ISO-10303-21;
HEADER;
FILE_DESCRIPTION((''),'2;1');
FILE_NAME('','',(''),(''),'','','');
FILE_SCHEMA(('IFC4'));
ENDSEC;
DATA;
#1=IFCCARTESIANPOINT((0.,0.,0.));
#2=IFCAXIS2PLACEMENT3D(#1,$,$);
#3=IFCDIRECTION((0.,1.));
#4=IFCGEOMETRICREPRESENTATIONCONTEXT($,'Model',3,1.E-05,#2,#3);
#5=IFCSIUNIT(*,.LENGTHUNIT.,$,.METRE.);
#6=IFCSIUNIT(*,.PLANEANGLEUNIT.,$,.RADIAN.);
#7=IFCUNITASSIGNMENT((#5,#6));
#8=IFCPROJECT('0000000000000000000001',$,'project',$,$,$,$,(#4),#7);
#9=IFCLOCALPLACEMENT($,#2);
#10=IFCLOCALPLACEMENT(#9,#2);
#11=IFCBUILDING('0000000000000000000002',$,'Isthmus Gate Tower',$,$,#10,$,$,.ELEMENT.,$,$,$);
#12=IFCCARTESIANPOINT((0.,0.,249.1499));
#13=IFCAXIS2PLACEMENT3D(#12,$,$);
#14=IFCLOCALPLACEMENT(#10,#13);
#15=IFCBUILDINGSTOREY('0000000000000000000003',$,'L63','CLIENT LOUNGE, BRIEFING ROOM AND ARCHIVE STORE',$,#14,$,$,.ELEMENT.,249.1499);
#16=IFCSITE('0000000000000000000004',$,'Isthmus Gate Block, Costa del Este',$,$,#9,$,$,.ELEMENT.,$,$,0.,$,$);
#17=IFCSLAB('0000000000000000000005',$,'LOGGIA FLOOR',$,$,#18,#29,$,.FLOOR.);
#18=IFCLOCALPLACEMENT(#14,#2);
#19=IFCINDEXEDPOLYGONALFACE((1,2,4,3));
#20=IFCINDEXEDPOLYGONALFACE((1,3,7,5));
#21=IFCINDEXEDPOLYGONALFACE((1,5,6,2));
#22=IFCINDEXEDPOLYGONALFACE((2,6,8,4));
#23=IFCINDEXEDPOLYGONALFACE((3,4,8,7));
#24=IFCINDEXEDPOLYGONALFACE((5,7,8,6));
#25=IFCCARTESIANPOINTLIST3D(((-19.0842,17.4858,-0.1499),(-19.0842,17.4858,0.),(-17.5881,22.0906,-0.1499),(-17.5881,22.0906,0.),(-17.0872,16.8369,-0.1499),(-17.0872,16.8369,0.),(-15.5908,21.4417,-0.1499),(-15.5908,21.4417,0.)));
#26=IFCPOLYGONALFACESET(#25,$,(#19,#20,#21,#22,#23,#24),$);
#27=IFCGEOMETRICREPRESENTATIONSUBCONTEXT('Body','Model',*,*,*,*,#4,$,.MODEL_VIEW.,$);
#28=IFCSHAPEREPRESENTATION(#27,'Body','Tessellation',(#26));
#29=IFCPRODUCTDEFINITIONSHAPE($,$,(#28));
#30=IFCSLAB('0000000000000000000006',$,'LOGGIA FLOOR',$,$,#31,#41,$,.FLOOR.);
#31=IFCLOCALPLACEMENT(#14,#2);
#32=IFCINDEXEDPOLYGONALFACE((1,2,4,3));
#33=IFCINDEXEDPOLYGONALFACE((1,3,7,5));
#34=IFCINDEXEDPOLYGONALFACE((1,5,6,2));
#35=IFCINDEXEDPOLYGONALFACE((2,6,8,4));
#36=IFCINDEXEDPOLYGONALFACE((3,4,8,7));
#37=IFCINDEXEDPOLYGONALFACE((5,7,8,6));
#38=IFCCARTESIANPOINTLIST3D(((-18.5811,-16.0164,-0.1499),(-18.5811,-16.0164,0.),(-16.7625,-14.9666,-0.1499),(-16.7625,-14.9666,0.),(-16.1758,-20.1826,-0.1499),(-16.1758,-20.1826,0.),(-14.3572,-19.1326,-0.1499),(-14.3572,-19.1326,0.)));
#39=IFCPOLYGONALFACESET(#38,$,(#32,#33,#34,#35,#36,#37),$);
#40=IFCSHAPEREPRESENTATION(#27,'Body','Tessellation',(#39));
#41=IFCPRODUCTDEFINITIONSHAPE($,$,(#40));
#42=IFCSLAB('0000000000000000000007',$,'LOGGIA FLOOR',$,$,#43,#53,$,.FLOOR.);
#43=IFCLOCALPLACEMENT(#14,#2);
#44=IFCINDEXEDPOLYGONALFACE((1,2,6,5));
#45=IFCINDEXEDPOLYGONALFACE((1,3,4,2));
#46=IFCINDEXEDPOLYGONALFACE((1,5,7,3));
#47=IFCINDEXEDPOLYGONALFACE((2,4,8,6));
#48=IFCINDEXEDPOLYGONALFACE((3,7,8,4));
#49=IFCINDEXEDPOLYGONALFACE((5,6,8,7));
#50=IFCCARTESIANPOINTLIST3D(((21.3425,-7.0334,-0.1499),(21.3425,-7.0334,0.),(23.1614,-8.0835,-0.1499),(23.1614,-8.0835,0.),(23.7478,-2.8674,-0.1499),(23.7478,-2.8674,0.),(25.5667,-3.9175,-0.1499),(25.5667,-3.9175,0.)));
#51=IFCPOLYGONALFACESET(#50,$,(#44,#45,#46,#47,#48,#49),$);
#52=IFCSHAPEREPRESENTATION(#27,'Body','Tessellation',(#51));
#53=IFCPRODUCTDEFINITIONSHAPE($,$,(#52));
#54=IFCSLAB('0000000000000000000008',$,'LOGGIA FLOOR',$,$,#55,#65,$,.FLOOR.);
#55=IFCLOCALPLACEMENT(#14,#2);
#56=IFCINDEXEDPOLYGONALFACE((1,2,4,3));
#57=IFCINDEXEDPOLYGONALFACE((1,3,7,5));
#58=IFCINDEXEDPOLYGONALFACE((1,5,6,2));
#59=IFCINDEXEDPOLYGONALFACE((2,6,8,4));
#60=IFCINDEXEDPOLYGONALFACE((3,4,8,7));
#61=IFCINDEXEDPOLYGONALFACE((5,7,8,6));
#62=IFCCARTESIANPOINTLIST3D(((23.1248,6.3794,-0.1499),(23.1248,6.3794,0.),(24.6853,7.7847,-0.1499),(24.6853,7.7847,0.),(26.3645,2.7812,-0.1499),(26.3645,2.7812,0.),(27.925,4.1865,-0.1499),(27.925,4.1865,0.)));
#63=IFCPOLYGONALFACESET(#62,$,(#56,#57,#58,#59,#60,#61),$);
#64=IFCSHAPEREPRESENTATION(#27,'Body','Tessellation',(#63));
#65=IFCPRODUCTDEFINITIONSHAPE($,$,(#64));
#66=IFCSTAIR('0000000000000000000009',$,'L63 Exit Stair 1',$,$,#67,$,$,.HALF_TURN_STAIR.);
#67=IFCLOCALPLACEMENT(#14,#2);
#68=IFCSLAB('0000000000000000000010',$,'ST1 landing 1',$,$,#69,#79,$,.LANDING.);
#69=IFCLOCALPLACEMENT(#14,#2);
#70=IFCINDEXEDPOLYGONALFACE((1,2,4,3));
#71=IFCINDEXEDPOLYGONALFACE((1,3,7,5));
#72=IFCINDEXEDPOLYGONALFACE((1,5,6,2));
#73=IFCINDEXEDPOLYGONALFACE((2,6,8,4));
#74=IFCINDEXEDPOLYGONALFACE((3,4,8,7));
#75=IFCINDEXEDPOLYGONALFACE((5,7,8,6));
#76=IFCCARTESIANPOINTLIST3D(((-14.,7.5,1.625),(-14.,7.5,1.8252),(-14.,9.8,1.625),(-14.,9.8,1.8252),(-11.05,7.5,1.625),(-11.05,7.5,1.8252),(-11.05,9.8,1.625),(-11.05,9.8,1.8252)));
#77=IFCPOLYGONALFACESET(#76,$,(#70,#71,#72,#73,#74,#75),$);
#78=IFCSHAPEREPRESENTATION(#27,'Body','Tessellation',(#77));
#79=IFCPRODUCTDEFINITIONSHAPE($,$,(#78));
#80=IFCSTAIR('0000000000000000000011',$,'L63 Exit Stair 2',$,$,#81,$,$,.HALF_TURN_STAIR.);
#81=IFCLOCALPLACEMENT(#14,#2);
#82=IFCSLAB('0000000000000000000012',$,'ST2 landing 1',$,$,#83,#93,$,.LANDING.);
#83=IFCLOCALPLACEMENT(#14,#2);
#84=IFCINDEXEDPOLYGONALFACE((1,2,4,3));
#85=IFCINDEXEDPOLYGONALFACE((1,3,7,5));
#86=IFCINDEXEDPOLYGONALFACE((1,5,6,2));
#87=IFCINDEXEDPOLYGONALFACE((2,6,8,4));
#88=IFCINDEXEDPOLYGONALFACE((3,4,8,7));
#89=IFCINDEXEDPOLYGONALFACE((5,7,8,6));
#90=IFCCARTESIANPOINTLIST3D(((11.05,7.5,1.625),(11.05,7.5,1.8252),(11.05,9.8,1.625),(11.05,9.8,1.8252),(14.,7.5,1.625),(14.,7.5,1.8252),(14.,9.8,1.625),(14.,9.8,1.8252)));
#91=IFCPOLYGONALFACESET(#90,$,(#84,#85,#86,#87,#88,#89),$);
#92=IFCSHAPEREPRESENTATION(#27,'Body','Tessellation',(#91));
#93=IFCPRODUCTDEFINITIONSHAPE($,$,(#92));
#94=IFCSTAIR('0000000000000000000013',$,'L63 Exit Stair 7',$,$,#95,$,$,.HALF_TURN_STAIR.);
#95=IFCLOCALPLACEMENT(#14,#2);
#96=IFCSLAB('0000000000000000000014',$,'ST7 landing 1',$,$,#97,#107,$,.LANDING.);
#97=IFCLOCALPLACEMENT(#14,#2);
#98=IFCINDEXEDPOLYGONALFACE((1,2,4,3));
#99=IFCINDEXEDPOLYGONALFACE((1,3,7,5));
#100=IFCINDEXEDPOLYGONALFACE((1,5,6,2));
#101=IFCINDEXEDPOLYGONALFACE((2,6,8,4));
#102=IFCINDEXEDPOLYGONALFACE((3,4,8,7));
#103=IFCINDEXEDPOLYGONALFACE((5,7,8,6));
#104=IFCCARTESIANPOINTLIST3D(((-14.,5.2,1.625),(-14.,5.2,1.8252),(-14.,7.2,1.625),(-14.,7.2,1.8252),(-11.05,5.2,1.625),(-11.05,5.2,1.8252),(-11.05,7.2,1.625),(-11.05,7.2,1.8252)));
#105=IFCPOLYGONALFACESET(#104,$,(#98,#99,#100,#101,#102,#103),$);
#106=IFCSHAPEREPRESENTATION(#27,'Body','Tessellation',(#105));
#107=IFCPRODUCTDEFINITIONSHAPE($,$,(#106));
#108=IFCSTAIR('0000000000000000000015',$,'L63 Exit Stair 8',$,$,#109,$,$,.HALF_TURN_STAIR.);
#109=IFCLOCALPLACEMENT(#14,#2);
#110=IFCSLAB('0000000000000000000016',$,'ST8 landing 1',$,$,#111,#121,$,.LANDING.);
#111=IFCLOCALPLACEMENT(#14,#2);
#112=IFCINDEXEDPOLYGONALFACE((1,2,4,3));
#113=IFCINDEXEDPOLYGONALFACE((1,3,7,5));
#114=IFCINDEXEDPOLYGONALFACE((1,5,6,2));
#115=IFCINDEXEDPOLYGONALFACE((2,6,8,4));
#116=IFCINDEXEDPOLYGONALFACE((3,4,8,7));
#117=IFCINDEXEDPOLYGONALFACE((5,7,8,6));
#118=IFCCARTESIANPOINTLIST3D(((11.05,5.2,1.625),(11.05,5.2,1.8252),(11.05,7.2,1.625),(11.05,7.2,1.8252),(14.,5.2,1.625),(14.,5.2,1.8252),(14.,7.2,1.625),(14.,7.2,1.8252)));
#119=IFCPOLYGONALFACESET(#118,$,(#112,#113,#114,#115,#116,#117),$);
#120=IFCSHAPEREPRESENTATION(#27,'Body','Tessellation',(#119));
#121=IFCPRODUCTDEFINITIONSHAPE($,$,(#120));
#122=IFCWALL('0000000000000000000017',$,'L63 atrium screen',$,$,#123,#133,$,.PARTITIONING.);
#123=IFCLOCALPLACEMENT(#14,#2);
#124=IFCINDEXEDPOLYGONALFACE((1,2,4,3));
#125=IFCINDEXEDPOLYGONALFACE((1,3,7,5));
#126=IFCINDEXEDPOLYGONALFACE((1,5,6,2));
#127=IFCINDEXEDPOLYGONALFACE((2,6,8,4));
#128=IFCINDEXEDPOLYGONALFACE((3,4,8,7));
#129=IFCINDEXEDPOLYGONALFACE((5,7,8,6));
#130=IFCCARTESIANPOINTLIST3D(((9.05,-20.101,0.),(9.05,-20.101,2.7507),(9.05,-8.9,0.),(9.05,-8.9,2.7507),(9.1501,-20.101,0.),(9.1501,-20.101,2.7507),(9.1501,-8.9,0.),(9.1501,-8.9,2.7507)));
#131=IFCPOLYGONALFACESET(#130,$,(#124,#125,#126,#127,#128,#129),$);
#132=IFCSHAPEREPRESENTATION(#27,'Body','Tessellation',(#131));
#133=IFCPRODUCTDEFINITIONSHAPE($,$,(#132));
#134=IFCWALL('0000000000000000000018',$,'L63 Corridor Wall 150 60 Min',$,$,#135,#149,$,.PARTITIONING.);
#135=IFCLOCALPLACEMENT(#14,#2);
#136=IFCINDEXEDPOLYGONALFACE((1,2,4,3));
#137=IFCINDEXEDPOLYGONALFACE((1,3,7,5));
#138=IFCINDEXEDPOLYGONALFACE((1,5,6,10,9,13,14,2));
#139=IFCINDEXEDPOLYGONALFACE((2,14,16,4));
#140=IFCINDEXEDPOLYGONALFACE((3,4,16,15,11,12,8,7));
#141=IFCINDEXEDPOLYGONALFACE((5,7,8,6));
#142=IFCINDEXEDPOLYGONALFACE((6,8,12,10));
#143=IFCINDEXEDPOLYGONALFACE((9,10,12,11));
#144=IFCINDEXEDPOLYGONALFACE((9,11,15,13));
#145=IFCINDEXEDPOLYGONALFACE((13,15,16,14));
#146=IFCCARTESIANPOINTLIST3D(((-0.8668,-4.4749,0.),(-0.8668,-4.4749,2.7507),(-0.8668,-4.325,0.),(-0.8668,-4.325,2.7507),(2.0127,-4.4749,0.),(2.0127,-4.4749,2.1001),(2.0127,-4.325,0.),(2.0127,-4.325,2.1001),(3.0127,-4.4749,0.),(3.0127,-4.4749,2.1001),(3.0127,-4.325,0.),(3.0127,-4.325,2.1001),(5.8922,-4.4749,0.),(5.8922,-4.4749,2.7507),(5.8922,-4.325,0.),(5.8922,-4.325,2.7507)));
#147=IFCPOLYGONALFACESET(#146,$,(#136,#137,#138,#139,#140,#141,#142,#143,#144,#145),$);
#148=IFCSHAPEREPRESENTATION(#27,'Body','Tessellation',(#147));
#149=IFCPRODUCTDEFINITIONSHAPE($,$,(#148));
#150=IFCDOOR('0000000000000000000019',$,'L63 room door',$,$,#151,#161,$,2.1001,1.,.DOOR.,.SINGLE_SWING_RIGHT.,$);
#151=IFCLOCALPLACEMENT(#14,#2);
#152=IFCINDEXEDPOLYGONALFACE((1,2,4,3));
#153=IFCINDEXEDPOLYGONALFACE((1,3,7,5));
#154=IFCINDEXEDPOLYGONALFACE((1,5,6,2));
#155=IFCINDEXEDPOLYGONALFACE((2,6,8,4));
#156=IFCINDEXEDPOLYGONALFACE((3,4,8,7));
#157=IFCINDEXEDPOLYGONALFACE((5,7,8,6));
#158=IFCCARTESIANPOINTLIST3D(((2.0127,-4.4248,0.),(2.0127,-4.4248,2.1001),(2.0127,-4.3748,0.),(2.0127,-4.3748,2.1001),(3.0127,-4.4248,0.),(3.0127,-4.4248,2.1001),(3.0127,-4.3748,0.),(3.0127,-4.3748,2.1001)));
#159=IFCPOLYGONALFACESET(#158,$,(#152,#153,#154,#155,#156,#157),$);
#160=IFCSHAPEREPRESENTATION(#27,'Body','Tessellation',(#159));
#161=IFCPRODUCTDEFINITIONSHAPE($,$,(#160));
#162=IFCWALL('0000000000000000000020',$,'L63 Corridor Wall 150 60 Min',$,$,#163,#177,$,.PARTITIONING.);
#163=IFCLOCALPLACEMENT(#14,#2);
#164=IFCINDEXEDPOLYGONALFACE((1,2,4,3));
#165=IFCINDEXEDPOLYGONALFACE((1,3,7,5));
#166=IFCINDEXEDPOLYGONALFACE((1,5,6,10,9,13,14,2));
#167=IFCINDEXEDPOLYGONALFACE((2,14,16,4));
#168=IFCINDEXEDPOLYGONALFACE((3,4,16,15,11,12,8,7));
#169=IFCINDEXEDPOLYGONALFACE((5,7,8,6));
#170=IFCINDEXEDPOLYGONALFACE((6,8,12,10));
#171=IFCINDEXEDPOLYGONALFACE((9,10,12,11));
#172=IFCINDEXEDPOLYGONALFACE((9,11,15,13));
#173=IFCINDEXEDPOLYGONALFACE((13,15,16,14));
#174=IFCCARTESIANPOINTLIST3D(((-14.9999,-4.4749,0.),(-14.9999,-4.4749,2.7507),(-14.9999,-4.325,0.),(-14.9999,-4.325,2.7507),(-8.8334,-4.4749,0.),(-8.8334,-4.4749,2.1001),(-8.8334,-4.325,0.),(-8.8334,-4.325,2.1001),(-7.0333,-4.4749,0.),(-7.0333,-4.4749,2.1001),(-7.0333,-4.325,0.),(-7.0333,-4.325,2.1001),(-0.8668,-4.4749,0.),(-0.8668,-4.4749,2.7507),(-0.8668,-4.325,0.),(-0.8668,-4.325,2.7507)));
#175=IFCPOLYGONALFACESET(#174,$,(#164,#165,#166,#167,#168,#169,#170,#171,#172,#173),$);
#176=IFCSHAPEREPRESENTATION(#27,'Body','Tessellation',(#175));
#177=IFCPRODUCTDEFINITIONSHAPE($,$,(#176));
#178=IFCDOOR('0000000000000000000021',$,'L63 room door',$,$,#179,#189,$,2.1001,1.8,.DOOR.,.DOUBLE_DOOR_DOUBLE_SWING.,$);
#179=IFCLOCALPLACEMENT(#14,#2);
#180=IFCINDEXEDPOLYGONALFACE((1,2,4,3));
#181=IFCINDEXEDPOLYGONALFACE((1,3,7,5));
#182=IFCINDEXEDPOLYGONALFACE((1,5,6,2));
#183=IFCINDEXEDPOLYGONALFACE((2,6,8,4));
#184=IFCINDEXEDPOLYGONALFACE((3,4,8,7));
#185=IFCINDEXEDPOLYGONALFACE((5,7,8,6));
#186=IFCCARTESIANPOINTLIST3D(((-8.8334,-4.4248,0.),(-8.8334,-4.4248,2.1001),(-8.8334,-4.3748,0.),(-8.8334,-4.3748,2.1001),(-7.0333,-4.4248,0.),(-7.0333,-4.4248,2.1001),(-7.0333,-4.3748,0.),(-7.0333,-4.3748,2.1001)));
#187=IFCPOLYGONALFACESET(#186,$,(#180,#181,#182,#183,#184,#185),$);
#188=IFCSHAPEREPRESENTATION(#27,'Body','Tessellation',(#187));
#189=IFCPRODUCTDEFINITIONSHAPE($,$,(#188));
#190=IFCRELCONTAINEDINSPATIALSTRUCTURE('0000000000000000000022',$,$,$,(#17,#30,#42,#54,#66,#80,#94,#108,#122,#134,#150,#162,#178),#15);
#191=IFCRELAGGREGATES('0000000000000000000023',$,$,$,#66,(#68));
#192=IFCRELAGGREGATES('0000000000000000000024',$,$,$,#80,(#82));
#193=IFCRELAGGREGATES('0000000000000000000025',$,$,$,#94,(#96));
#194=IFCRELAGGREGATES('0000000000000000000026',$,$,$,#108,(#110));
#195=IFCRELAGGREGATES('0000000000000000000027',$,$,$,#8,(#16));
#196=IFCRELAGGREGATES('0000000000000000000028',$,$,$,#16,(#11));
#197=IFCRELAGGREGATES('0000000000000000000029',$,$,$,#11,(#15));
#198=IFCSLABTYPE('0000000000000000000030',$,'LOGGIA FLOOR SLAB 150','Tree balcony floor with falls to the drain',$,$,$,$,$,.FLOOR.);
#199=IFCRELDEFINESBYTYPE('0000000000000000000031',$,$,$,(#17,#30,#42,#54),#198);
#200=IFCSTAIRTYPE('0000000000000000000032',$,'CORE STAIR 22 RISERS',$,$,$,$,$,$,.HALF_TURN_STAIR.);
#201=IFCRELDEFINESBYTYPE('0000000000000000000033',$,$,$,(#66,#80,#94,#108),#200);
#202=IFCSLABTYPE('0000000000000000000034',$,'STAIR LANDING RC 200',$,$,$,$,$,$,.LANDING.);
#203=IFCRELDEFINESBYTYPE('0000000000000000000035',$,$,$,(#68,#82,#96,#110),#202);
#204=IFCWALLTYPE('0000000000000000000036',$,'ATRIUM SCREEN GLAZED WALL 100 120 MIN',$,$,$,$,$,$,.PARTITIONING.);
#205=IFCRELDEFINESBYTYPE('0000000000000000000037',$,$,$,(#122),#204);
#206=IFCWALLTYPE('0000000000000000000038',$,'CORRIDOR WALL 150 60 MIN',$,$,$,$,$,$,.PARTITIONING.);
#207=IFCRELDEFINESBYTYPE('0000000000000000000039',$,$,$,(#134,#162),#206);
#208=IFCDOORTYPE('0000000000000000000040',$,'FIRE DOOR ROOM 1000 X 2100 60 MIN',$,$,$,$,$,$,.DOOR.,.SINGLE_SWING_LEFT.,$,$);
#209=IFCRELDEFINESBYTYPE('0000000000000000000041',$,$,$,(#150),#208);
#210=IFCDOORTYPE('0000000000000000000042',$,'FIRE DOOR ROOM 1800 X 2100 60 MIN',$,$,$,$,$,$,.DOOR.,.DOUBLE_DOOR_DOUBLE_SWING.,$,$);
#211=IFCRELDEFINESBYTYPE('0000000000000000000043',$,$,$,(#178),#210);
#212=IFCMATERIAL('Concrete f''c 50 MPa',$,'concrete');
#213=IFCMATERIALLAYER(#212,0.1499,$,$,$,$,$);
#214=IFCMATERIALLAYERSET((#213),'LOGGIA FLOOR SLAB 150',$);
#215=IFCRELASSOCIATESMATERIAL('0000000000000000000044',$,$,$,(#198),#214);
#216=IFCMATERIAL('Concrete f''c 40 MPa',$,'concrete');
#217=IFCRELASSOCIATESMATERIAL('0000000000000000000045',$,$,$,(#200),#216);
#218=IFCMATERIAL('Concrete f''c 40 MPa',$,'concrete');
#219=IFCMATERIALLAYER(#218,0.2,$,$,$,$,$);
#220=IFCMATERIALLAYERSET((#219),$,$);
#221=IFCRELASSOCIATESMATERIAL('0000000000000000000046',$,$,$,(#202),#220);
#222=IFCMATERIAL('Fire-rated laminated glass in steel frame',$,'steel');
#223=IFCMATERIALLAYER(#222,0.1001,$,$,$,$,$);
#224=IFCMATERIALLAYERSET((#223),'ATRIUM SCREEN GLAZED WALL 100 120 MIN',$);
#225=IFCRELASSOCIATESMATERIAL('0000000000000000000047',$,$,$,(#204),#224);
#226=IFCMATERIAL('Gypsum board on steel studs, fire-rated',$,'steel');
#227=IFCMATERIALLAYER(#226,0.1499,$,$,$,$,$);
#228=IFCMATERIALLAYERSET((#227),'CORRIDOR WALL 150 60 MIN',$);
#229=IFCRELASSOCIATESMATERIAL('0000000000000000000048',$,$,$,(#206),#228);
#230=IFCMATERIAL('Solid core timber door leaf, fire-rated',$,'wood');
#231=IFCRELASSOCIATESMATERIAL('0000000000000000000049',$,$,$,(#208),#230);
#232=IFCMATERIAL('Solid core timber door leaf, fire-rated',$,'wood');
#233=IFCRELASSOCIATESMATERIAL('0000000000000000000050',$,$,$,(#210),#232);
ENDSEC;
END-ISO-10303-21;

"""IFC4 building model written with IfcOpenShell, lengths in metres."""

from ifc_helpers import new_model, si_unit, direction, frame, frame_2d, origin, place, context, subcontext, project, spatial, polyline, rectangle, outline, extrude, material, layer, layer_set, type_object, element, fill, aggregate, save


model = new_model("IFC4")

# Units and contexts
model_context = context("Model", 3, precision=1e-05, world=origin(), true_north=direction((0.0, 1.0)))
body_context = subcontext(model_context, "Body", "Model", "MODEL_VIEW")
ifc_project = project(units=[si_unit("LENGTHUNIT", "METRE"), si_unit("PLANEANGLEUNIT", "RADIAN")], contexts=[model_context])

# Site, building, storey
site_placement = place(None, origin())
site = spatial("IfcSite", under=ifc_project, at=site_placement, Name="Isthmus Gate Block, Costa del Este", CompositionType="ELEMENT", RefElevation=0.0)
building_placement = place(site_placement, origin())
building = spatial("IfcBuilding", under=site, at=building_placement, Name="Isthmus Gate Tower", CompositionType="ELEMENT")
storey_placement = place(building_placement, frame((0.0, 0.0, 249.1499)))
storey = spatial("IfcBuildingStorey", under=building, at=storey_placement, Name="L63", Description="CLIENT LOUNGE, BRIEFING ROOM AND ARCHIVE STORE", CompositionType="ELEMENT", Elevation=249.1499)

# Slabs
ifc_material_1 = material(Name="Concrete f'c 50 MPa", Category="concrete")
ifc_layer_1 = layer(ifc_material_1, 0.1499)
ifc_layer_set_1 = layer_set([ifc_layer_1], Name="LOGGIA FLOOR SLAB 150")
slab_type_1 = type_object("IfcSlabType", Name="LOGGIA FLOOR SLAB 150", Description="Tree balcony floor with falls to the drain", PredefinedType="FLOOR", material=ifc_layer_set_1)
slab_1_placement = place(storey_placement, frame((0.0, 0.0, -0.1499)))
element("IfcSlab", 1, at=slab_1_placement, inside=storey, type_object=slab_type_1, Name="LOGGIA FLOOR", PredefinedType="FLOOR", context=body_context, shape_type="SweptSolid", body=[
    extrude(outline(polyline([(-17.5881, 22.0906), (-19.0842, 17.4858), (-17.0872, 16.8369), (-15.5908, 21.4417), (-17.5881, 22.0906)])), origin(), (0.0, 0.0, 1.0), 0.1499),
])
slab_2_placement = place(storey_placement, frame((0.0, 0.0, -0.1499)))
element("IfcSlab", 2, at=slab_2_placement, inside=storey, type_object=slab_type_1, Name="LOGGIA FLOOR", PredefinedType="FLOOR", context=body_context, shape_type="SweptSolid", body=[
    extrude(outline(polyline([(-18.5811, -16.0164), (-16.1758, -20.1826), (-14.3572, -19.1326), (-16.7625, -14.9666), (-18.5811, -16.0164)])), origin(), (0.0, 0.0, 1.0), 0.1499),
])
slab_3_placement = place(storey_placement, frame((0.0, 0.0, -0.1499)))
element("IfcSlab", 3, at=slab_3_placement, inside=storey, type_object=slab_type_1, Name="LOGGIA FLOOR", PredefinedType="FLOOR", context=body_context, shape_type="SweptSolid", body=[
    extrude(outline(polyline([(23.1614, -8.0835), (25.5667, -3.9175), (23.7478, -2.8674), (21.3425, -7.0334), (23.1614, -8.0835)])), origin(), (0.0, 0.0, 1.0), 0.1499),
])
slab_4_placement = place(storey_placement, frame((0.0, 0.0, -0.1499)))
element("IfcSlab", 4, at=slab_4_placement, inside=storey, type_object=slab_type_1, Name="LOGGIA FLOOR", PredefinedType="FLOOR", context=body_context, shape_type="SweptSolid", body=[
    extrude(outline(polyline([(27.925, 4.1865), (24.6853, 7.7847), (23.1248, 6.3794), (26.3645, 2.7812), (27.925, 4.1865)])), origin(), (0.0, 0.0, 1.0), 0.1499),
])

# Stairs, slabs
ifc_material_2 = material(Name="Concrete f'c 40 MPa", Category="concrete")
stair_type = type_object("IfcStairType", Name="CORE STAIR 22 RISERS", PredefinedType="HALF_TURN_STAIR", material=ifc_material_2)
stair_1_placement = place(storey_placement, origin())
stair_1 = element("IfcStair", 5, at=stair_1_placement, inside=storey, type_object=stair_type, Name="L63 Exit Stair 1", PredefinedType="HALF_TURN_STAIR")
ifc_material_3 = material(Name="Concrete f'c 40 MPa", Category="concrete")
ifc_layer_2 = layer(ifc_material_3, 0.2)
ifc_layer_set_2 = layer_set([ifc_layer_2])
slab_type_2 = type_object("IfcSlabType", Name="STAIR LANDING RC 200", PredefinedType="LANDING", material=ifc_layer_set_2)
slab_5_placement = place(storey_placement, frame((0.0, 0.0, 1.625)))
slab_5 = element("IfcSlab", 6, at=slab_5_placement, type_object=slab_type_2, Name="ST1 landing 1", PredefinedType="LANDING", context=body_context, shape_type="SweptSolid", body=[
    extrude(outline(polyline([(-14.0, 9.8), (-14.0, 7.5), (-11.05, 7.5), (-11.05, 9.8), (-14.0, 9.8)])), origin(), (0.0, 0.0, 1.0), 0.2002),
])
aggregate(stair_1, [slab_5])
stair_2_placement = place(storey_placement, origin())
stair_2 = element("IfcStair", 7, at=stair_2_placement, inside=storey, type_object=stair_type, Name="L63 Exit Stair 2", PredefinedType="HALF_TURN_STAIR")
slab_6_placement = place(storey_placement, frame((0.0, 0.0, 1.625)))
slab_6 = element("IfcSlab", 8, at=slab_6_placement, type_object=slab_type_2, Name="ST2 landing 1", PredefinedType="LANDING", context=body_context, shape_type="SweptSolid", body=[
    extrude(outline(polyline([(11.05, 9.8), (11.05, 7.5), (14.0, 7.5), (14.0, 9.8), (11.05, 9.8)])), origin(), (0.0, 0.0, 1.0), 0.2002),
])
aggregate(stair_2, [slab_6])
stair_3_placement = place(storey_placement, origin())
stair_3 = element("IfcStair", 9, at=stair_3_placement, inside=storey, type_object=stair_type, Name="L63 Exit Stair 7", PredefinedType="HALF_TURN_STAIR")
slab_7_placement = place(storey_placement, frame((0.0, 0.0, 1.625)))
slab_7 = element("IfcSlab", 10, at=slab_7_placement, type_object=slab_type_2, Name="ST7 landing 1", PredefinedType="LANDING", context=body_context, shape_type="SweptSolid", body=[
    extrude(outline(polyline([(-11.05, 5.2), (-11.05, 7.2), (-14.0, 7.2), (-14.0, 5.2), (-11.05, 5.2)])), origin(), (0.0, 0.0, 1.0), 0.2002),
])
aggregate(stair_3, [slab_7])
stair_4_placement = place(storey_placement, origin())
stair_4 = element("IfcStair", 11, at=stair_4_placement, inside=storey, type_object=stair_type, Name="L63 Exit Stair 8", PredefinedType="HALF_TURN_STAIR")
slab_8_placement = place(storey_placement, frame((0.0, 0.0, 1.625)))
slab_8 = element("IfcSlab", 12, at=slab_8_placement, type_object=slab_type_2, Name="ST8 landing 1", PredefinedType="LANDING", context=body_context, shape_type="SweptSolid", body=[
    extrude(outline(polyline([(14.0, 5.2), (14.0, 7.2), (11.05, 7.2), (11.05, 5.2), (14.0, 5.2)])), origin(), (0.0, 0.0, 1.0), 0.2002),
])
aggregate(stair_4, [slab_8])

# Wall
ifc_material_4 = material(Name="Fire-rated laminated glass in steel frame", Category="steel")
ifc_layer_3 = layer(ifc_material_4, 0.1001)
ifc_layer_set_3 = layer_set([ifc_layer_3], Name="ATRIUM SCREEN GLAZED WALL 100 120 MIN")
wall_type_1 = type_object("IfcWallType", Name="ATRIUM SCREEN GLAZED WALL 100 120 MIN", PredefinedType="PARTITIONING", material=ifc_layer_set_3)
wall_1_placement = place(storey_placement, frame((9.1001, -8.8999, 0.0), z_axis=(0.0, 0.0, 1.0), x_axis=(0.0, -1.0, 0.0)))
element("IfcWall", 13, at=wall_1_placement, inside=storey, type_object=wall_type_1, Name="L63 atrium screen", PredefinedType="PARTITIONING", context=body_context, shape_type="SweptSolid", body=[
    extrude(rectangle(XDim=11.2009, YDim=0.1001, at=frame_2d((5.6006, 0.0))), origin(), (0.0, 0.0, 1.0), 2.7507),
])

# Walls, openings, doors
ifc_material_5 = material(Name="Gypsum board on steel studs, fire-rated", Category="steel")
ifc_layer_4 = layer(ifc_material_5, 0.1499)
ifc_layer_set_4 = layer_set([ifc_layer_4], Name="CORRIDOR WALL 150 60 MIN")
wall_type_2 = type_object("IfcWallType", Name="CORRIDOR WALL 150 60 MIN", PredefinedType="PARTITIONING", material=ifc_layer_set_4)
wall_2_placement = place(storey_placement, frame((5.8921, -4.3999, 0.0), z_axis=(0.0, 0.0, 1.0), x_axis=(-1.0, 0.0, 0.0)))
wall_2 = element("IfcWall", 14, at=wall_2_placement, inside=storey, type_object=wall_type_2, Name="L63 Corridor Wall 150 60 Min", PredefinedType="PARTITIONING", context=body_context, shape_type="SweptSolid", body=[
    extrude(rectangle(XDim=6.759, YDim=0.1499, at=frame_2d((3.3794, 0.0))), origin(), (0.0, 0.0, 1.0), 2.7507),
])
opening_1_placement = place(wall_2_placement, frame((2.8794, 0.0, 0.0)))
opening_1 = element("IfcOpeningElement", 15, at=opening_1_placement, cuts=wall_2, PredefinedType="OPENING", context=body_context, shape_type="SweptSolid", body=[
    extrude(rectangle(XDim=1.0, YDim=2.1001, at=frame_2d((0.5, 1.05))), frame((0.0, 0.085, 0.0), z_axis=(0.0, -1.0, 0.0), x_axis=(1.0, 0.0, 0.0)), (0.0, 0.0, 1.0), 0.1699),
])
ifc_material_6 = material(Name="Solid core timber door leaf, fire-rated", Category="wood")
door_type_1 = type_object("IfcDoorType", Name="FIRE DOOR ROOM 1000 X 2100 60 MIN", OperationType="SINGLE_SWING_LEFT", PredefinedType="DOOR", material=ifc_material_6)
door_1_placement = place(opening_1_placement, origin())
door_1 = element("IfcDoor", 16, at=door_1_placement, inside=storey, type_object=door_type_1, Name="L63 room door", OperationType="SINGLE_SWING_RIGHT", OverallHeight=2.1001, OverallWidth=1.0, PredefinedType="DOOR", context=body_context, shape_type="SweptSolid", body=[
    extrude(rectangle(XDim=1.0, YDim=2.1001, at=frame_2d((0.5, 1.05))), frame((0.0, 0.0249, 0.0), z_axis=(0.0, -1.0, 0.0), x_axis=(1.0, 0.0, 0.0)), (0.0, 0.0, 1.0), 0.05),
])
fill(opening_1, door_1)
wall_3_placement = place(storey_placement, frame((-0.8669, -4.3999, 0.0), z_axis=(0.0, 0.0, 1.0), x_axis=(-1.0, 0.0, 0.0)))
wall_3 = element("IfcWall", 17, at=wall_3_placement, inside=storey, type_object=wall_type_2, Name="L63 Corridor Wall 150 60 Min", PredefinedType="PARTITIONING", context=body_context, shape_type="SweptSolid", body=[
    extrude(rectangle(XDim=14.1331, YDim=0.1499, at=frame_2d((7.0664, 0.0))), origin(), (0.0, 0.0, 1.0), 2.7507),
])
opening_2_placement = place(wall_3_placement, frame((6.1665, 0.0, 0.0)))
opening_2 = element("IfcOpeningElement", 18, at=opening_2_placement, cuts=wall_3, PredefinedType="OPENING", context=body_context, shape_type="SweptSolid", body=[
    extrude(rectangle(XDim=1.8, YDim=2.1001, at=frame_2d((0.8999, 1.05))), frame((0.0, 0.085, 0.0), z_axis=(0.0, -1.0, 0.0), x_axis=(1.0, 0.0, 0.0)), (0.0, 0.0, 1.0), 0.1699),
])
ifc_material_7 = material(Name="Solid core timber door leaf, fire-rated", Category="wood")
door_type_2 = type_object("IfcDoorType", Name="FIRE DOOR ROOM 1800 X 2100 60 MIN", OperationType="DOUBLE_DOOR_DOUBLE_SWING", PredefinedType="DOOR", material=ifc_material_7)
door_2_placement = place(opening_2_placement, origin())
door_2 = element("IfcDoor", 19, at=door_2_placement, inside=storey, type_object=door_type_2, Name="L63 room door", OperationType="DOUBLE_DOOR_DOUBLE_SWING", OverallHeight=2.1001, OverallWidth=1.8, PredefinedType="DOOR", context=body_context, shape_type="SweptSolid", body=[
    extrude(rectangle(XDim=1.8, YDim=2.1001, at=frame_2d((0.8999, 1.05))), frame((0.0, 0.0249, 0.0), z_axis=(0.0, -1.0, 0.0), x_axis=(1.0, 0.0, 0.0)), (0.0, 0.0, 1.0), 0.05),
])
fill(opening_2, door_2)

save(model, "model.ifc")
